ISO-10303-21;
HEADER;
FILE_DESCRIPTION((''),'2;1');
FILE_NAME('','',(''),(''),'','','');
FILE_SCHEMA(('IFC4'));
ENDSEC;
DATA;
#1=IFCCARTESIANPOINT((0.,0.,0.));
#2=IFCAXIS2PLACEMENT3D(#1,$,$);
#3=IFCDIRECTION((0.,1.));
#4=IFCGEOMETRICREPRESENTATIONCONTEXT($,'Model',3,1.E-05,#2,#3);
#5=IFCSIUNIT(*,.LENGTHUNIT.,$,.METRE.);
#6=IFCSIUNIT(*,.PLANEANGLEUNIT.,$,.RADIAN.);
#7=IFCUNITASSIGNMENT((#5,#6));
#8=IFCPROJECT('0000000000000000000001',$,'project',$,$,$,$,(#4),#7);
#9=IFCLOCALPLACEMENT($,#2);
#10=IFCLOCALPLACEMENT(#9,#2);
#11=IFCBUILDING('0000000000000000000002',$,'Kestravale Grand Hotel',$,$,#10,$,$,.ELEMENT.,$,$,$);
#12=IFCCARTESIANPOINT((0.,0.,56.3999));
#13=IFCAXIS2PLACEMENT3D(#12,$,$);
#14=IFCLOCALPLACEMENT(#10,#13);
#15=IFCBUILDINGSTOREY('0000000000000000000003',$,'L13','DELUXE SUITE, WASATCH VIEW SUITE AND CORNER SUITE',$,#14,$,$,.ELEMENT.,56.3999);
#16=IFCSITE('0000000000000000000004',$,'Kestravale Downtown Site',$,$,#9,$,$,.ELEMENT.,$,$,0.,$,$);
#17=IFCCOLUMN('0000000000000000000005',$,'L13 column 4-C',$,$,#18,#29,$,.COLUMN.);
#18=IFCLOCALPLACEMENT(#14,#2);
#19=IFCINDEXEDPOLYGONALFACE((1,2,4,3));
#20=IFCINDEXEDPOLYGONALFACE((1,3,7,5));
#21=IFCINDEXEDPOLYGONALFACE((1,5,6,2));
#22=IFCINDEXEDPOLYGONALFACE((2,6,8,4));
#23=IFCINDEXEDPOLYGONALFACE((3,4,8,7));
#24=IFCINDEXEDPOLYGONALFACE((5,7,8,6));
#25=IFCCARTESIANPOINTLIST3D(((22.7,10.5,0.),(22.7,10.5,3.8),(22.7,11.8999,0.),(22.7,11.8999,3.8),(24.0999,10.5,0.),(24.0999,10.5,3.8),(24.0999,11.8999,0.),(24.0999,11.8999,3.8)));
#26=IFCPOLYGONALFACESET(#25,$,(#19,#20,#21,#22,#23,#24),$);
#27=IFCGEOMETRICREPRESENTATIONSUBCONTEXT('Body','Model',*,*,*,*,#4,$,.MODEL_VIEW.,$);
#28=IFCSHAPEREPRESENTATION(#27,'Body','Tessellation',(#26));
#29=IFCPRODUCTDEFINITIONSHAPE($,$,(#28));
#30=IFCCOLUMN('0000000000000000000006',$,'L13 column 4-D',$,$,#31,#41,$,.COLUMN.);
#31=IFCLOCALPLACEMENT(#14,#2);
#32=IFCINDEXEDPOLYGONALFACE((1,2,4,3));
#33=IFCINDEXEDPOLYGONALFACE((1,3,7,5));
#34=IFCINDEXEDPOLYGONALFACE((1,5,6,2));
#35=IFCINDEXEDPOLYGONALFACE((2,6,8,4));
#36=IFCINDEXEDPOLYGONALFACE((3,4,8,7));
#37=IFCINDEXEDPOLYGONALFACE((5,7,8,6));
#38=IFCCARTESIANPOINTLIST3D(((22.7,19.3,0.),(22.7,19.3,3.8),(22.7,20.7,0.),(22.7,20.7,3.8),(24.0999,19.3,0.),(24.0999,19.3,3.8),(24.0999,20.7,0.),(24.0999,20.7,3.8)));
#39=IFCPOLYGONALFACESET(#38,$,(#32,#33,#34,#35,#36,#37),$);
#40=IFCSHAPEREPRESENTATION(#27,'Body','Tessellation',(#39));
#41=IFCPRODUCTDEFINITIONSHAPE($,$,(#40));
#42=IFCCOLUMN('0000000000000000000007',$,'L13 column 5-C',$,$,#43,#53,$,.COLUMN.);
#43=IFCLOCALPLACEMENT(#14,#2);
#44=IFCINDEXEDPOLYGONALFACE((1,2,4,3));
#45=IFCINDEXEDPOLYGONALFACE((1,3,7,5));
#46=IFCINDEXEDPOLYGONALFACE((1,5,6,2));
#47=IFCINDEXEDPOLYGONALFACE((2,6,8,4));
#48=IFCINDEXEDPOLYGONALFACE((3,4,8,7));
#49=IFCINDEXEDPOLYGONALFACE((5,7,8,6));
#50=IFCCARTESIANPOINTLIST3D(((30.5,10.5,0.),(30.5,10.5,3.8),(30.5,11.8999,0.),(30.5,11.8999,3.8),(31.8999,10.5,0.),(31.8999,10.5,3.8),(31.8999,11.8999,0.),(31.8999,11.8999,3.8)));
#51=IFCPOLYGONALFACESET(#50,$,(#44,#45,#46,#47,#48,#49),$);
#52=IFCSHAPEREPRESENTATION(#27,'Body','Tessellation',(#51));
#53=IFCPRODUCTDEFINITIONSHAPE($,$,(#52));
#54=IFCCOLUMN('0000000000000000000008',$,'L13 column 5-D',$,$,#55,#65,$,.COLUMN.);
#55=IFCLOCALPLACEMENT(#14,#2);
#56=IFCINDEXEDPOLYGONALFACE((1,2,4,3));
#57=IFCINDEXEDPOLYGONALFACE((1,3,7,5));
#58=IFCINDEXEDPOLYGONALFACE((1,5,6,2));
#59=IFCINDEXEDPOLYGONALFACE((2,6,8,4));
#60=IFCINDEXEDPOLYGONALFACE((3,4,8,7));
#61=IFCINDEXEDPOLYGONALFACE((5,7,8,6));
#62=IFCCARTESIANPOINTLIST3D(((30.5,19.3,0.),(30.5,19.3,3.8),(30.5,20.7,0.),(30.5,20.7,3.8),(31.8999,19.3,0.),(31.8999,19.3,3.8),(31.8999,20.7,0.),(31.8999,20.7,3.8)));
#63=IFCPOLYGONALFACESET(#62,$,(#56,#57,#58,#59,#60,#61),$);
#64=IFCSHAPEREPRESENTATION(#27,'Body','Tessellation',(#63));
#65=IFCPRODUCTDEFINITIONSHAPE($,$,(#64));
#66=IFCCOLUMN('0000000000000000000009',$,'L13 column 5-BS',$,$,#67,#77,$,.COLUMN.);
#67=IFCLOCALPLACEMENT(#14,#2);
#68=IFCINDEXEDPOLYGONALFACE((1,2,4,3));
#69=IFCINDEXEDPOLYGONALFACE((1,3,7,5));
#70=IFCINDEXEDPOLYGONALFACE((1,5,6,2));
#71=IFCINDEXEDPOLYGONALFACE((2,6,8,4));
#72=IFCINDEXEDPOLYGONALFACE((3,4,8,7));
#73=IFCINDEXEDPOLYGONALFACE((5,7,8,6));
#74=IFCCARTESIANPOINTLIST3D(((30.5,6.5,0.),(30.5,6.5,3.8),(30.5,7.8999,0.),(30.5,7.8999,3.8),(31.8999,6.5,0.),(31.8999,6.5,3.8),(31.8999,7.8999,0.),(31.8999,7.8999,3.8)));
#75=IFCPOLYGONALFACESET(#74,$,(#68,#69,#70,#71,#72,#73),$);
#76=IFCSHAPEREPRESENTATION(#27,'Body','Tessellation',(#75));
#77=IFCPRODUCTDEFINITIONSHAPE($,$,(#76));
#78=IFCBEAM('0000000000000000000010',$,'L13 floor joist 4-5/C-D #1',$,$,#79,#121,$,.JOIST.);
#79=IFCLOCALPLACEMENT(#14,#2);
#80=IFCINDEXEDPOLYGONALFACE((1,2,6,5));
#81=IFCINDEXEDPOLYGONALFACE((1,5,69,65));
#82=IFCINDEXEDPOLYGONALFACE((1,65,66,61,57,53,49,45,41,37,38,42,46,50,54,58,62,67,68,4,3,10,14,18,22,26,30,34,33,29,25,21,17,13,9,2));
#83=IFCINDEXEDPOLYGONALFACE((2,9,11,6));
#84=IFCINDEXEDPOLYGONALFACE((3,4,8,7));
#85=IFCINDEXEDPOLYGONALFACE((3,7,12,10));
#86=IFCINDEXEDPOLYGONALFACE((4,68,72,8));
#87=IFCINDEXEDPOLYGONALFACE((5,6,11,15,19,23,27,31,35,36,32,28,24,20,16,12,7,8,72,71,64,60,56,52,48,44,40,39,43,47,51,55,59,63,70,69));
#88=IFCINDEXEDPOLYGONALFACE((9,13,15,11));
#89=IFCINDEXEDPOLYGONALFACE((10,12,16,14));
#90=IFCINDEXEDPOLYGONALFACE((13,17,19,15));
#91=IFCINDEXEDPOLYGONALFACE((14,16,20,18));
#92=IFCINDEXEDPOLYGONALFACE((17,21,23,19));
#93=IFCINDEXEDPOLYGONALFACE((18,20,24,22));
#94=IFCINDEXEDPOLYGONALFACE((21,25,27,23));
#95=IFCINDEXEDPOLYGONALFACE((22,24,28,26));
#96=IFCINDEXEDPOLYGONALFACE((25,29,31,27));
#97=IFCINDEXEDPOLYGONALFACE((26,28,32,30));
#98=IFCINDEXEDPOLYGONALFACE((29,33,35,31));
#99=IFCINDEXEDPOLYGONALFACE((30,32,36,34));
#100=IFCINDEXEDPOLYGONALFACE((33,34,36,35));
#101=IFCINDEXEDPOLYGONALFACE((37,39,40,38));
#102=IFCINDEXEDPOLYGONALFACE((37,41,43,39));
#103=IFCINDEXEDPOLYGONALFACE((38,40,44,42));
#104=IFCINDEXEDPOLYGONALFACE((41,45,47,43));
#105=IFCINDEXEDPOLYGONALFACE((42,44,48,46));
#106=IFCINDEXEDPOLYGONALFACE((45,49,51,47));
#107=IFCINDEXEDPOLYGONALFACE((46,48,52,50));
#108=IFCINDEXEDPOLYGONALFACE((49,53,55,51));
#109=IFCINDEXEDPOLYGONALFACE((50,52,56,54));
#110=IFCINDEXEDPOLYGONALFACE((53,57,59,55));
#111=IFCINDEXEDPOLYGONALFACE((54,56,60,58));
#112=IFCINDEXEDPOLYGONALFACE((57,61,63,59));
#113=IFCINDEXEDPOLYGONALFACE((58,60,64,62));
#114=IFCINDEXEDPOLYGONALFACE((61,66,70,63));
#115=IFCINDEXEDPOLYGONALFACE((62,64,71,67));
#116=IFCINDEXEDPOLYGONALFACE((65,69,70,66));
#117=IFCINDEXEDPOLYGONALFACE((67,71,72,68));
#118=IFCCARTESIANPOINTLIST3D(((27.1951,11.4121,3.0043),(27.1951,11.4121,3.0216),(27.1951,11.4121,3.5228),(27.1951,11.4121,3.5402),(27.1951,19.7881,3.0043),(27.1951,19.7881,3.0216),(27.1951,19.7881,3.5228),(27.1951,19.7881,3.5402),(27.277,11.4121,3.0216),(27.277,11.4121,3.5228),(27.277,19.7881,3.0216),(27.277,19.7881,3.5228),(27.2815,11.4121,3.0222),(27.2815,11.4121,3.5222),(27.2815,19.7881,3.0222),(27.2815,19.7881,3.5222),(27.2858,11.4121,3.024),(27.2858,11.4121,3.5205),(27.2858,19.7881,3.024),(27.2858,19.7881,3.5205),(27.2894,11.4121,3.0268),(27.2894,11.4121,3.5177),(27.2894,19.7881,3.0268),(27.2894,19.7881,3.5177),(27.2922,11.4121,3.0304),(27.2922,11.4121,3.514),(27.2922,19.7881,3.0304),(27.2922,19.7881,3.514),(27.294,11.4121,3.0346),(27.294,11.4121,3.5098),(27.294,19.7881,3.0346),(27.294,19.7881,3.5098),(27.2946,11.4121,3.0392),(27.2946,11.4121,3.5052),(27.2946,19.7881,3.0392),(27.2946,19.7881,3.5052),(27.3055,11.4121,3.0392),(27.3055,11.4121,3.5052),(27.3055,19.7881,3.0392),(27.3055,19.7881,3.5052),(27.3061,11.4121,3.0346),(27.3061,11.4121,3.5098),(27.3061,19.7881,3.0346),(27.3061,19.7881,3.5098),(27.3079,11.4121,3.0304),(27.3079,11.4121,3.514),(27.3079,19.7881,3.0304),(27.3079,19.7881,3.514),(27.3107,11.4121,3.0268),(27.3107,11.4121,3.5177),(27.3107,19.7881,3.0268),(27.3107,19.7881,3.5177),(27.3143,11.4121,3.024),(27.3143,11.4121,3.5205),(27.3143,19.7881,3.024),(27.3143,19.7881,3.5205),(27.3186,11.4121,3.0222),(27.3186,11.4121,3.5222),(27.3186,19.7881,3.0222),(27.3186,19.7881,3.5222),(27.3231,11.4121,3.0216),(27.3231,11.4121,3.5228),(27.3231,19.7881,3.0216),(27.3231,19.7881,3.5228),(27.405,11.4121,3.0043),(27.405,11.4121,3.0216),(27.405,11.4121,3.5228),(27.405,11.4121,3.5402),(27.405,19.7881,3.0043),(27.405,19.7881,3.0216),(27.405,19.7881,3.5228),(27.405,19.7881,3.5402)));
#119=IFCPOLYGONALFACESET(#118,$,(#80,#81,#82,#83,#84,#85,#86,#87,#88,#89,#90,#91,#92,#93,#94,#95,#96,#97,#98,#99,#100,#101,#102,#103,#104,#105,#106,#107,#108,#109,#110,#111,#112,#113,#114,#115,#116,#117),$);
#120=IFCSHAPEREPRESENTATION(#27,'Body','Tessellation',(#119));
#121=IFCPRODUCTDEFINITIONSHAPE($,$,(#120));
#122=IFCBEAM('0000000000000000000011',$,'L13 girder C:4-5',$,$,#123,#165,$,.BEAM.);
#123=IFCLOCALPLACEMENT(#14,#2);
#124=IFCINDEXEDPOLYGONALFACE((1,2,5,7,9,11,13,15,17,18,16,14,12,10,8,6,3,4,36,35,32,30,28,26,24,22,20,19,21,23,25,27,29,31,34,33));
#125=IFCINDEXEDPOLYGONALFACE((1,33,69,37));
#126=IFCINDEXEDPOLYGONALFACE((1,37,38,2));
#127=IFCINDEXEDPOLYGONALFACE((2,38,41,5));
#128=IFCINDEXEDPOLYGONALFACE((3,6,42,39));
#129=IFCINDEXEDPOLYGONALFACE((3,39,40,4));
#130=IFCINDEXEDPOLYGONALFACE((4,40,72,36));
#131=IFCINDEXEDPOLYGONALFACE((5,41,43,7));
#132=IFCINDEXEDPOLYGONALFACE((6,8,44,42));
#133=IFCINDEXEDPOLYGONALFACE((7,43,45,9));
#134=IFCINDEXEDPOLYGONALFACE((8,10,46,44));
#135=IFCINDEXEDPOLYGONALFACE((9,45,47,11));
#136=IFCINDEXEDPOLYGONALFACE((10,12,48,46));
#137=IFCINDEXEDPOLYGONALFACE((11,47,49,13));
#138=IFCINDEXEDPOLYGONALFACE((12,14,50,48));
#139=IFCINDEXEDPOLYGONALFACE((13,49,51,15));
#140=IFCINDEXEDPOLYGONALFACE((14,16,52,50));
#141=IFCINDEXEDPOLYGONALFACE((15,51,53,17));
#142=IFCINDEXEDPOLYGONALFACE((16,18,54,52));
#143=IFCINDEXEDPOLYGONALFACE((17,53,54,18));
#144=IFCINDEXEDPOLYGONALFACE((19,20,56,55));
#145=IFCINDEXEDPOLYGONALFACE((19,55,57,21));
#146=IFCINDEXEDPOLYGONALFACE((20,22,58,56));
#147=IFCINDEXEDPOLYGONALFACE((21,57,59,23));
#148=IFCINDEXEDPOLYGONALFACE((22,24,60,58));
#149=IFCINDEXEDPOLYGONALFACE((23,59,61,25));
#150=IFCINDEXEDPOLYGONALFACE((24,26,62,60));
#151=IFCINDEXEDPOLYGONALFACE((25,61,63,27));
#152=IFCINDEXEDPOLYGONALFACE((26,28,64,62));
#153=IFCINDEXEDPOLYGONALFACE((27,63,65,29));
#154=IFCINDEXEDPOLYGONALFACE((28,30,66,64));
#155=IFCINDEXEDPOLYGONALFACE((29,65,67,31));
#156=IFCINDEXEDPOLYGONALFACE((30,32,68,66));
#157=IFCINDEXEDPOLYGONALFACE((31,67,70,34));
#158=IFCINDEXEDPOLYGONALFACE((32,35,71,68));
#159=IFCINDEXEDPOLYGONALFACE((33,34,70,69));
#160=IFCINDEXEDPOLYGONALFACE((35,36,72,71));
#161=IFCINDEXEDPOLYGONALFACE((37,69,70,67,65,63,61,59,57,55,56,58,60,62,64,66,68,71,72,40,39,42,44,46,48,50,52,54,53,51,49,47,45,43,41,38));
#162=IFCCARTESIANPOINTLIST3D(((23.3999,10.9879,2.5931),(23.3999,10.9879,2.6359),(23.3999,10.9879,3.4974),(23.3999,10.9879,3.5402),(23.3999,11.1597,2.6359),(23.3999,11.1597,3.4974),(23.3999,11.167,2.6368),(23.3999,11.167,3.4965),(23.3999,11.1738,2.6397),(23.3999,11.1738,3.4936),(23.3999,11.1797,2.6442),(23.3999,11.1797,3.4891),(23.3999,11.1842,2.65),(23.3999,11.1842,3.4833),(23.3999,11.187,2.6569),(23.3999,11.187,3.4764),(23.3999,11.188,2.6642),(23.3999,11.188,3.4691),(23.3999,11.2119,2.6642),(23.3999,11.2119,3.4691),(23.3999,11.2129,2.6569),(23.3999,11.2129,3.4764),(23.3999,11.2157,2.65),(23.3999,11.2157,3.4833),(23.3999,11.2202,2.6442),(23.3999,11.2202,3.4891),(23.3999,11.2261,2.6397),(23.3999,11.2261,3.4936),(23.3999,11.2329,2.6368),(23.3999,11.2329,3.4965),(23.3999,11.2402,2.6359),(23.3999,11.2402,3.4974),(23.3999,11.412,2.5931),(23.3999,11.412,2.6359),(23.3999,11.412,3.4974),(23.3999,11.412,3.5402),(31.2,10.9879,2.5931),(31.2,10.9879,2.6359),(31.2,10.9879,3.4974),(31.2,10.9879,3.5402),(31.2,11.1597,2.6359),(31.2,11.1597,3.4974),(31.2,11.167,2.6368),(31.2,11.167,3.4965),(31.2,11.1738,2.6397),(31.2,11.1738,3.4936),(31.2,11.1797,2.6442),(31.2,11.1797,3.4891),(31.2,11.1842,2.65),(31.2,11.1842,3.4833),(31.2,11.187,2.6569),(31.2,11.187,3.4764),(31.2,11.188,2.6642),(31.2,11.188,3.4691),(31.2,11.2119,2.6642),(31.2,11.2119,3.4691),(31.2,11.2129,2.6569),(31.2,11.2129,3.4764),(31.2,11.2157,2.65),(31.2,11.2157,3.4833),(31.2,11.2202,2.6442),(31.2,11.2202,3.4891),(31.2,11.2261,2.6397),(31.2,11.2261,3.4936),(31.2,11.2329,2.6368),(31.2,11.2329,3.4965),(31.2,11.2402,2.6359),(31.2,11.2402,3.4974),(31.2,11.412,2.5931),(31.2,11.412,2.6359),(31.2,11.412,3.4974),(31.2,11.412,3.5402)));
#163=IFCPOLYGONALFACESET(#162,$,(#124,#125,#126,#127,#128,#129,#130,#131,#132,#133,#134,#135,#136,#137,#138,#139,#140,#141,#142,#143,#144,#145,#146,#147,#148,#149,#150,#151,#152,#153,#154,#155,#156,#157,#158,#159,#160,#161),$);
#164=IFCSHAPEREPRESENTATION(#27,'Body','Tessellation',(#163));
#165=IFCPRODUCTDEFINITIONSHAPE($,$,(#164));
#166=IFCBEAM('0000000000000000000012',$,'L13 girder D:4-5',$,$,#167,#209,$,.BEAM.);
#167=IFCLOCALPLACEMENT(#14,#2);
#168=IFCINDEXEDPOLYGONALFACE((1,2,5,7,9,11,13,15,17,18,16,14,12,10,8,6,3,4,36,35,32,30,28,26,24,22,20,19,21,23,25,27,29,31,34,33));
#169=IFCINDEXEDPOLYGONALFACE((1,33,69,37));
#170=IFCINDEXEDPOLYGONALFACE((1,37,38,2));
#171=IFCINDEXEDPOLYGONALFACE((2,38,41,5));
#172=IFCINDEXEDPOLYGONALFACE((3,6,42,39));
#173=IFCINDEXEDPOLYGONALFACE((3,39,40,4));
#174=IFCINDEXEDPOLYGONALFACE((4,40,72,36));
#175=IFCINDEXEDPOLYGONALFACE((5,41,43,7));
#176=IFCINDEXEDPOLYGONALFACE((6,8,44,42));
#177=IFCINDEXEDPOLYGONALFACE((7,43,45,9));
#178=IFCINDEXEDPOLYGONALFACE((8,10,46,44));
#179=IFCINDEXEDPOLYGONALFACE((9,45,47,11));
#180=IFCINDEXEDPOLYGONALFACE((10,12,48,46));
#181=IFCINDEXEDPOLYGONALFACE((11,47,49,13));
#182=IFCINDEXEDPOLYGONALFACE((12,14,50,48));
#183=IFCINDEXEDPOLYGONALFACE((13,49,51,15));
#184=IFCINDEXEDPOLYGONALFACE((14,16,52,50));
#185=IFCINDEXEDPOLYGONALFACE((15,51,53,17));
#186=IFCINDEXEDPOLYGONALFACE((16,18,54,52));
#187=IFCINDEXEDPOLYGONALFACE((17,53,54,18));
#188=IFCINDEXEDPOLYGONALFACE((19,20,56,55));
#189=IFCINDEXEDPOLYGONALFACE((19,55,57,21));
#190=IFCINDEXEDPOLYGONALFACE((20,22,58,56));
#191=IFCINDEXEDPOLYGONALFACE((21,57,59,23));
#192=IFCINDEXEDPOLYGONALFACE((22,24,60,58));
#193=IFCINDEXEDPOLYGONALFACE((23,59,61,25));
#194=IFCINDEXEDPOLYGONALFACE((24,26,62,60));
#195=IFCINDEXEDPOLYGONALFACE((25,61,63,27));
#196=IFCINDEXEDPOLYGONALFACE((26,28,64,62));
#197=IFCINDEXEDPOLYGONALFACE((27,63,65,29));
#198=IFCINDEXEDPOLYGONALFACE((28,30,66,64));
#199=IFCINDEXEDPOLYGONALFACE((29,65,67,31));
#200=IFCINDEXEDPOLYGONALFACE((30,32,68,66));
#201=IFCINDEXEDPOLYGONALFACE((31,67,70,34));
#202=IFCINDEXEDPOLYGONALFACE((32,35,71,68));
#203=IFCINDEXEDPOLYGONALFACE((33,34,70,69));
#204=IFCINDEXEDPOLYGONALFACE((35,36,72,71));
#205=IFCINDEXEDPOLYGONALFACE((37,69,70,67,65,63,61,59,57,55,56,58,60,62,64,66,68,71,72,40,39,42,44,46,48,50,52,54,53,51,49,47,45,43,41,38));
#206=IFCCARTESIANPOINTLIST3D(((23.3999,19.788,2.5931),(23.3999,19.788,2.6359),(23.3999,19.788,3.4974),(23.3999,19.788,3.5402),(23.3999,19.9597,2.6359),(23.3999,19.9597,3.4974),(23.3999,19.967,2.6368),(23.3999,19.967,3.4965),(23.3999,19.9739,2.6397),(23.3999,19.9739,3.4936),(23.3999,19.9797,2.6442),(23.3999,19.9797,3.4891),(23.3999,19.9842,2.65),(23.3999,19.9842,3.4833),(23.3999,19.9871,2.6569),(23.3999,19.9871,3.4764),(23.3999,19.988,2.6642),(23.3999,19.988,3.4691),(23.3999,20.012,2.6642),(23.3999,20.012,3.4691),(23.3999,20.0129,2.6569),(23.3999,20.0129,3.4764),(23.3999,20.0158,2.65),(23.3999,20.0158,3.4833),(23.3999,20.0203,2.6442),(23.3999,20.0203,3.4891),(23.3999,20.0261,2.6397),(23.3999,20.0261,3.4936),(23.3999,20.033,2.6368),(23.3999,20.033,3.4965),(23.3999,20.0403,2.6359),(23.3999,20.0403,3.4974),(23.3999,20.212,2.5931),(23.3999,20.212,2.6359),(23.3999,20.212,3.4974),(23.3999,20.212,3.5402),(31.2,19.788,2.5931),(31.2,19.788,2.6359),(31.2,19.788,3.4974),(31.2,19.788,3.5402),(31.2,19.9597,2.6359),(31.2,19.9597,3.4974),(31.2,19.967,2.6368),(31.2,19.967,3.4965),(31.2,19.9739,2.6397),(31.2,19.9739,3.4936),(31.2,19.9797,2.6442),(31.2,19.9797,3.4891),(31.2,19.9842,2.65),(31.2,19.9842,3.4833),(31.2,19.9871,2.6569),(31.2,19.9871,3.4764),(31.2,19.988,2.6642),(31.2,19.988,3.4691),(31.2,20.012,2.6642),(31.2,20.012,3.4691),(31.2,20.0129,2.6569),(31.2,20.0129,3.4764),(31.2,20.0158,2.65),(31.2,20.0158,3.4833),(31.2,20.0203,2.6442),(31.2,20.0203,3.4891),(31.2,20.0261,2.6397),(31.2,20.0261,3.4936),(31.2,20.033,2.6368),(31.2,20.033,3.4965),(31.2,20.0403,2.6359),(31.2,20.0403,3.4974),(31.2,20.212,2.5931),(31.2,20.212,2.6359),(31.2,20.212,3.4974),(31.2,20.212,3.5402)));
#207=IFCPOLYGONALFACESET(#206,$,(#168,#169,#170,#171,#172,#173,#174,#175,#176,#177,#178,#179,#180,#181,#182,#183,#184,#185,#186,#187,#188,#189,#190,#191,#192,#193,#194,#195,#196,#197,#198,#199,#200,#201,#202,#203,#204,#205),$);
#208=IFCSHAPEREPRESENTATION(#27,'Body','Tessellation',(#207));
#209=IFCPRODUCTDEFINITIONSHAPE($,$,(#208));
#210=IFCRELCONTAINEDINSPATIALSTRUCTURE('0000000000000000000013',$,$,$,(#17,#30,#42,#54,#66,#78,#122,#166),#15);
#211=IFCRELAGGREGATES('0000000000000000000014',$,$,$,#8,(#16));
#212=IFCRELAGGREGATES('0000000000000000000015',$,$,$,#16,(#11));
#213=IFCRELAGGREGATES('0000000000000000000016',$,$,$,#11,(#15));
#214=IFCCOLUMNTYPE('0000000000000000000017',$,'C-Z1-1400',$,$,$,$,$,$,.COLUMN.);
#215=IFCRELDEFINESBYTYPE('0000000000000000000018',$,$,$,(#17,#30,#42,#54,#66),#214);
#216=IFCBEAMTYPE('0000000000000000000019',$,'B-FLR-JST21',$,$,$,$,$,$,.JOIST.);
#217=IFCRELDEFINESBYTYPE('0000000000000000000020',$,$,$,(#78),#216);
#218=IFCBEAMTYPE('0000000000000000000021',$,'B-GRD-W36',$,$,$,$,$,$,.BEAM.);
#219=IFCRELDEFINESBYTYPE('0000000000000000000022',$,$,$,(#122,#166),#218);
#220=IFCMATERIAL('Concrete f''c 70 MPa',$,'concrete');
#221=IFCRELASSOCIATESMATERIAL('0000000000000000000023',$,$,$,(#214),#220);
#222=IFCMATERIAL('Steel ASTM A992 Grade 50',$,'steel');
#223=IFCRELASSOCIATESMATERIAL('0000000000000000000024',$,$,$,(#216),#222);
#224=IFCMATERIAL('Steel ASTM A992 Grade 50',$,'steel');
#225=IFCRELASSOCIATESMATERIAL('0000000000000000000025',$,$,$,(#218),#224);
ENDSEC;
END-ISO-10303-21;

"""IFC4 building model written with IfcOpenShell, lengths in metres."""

from ifc_helpers import new_model, si_unit, direction, frame, origin, origin_2d, place, context, subcontext, project, spatial, rectangle, i_section, extrude, material, material_profile, profile_set, type_object, element, save


model = new_model("IFC4")

# Units and contexts
model_context = context("Model", 3, precision=1e-05, world=origin(), true_north=direction((0.0, 1.0)))
body_context = subcontext(model_context, "Body", "Model", "MODEL_VIEW")
ifc_project = project(units=[si_unit("LENGTHUNIT", "METRE"), si_unit("PLANEANGLEUNIT", "RADIAN")], contexts=[model_context])

# Site, building, storey
site_placement = place(None, origin())
site = spatial("IfcSite", under=ifc_project, at=site_placement, Name="Kestravale Downtown Site", CompositionType="ELEMENT", RefElevation=0.0)
building_placement = place(site_placement, origin())
building = spatial("IfcBuilding", under=site, at=building_placement, Name="Kestravale Grand Hotel", CompositionType="ELEMENT")
storey_placement = place(building_placement, frame((0.0, 0.0, 56.3999)))
storey = spatial("IfcBuildingStorey", under=building, at=storey_placement, Name="L13", Description="DELUXE SUITE, WASATCH VIEW SUITE AND CORNER SUITE", CompositionType="ELEMENT", Elevation=56.3999)

# Columns
ifc_material_1 = material(Name="Concrete f'c 70 MPa", Category="concrete")
ifc_material_profile_1 = material_profile(ifc_material_1, rectangle(XDim=1.3999, YDim=1.3999, at=origin_2d()))
ifc_profile_set_1 = profile_set([ifc_material_profile_1], Name="Concrete f'c 70 MPa")
column_type = type_object("IfcColumnType", Name="C-Z1-1400", PredefinedType="COLUMN", material=ifc_profile_set_1)
for number, where, z_axis, x_axis, name in (
    (1, (23.3999, 11.2, 0.0), (0.0, 0.0, 1.0), (1.0, 0.0, 0.0), "L13 column 4-C"),
    (2, (23.3999, 20.0, 0.0), (0.0, 0.0, 1.0), (1.0, 0.0, 0.0), "L13 column 4-D"),
    (3, (31.2, 11.2, 0.0), (0.0, 0.0, 1.0), (1.0, 0.0, 0.0), "L13 column 5-C"),
    (4, (31.2, 20.0, 0.0), (0.0, 0.0, 1.0), (1.0, 0.0, 0.0), "L13 column 5-D"),
    (5, (31.2, 7.2, 0.0), (0.0, 0.0, 1.0), (1.0, 0.0, 0.0), "L13 column 5-BS"),
):
    element("IfcColumn", number, at=place(storey_placement, frame(where, z_axis=z_axis, x_axis=x_axis)), inside=storey, type_object=column_type, Name=name, PredefinedType="COLUMN", context=body_context, shape_type="SweptSolid", body=[
        extrude(rectangle(XDim=1.3999, YDim=1.3999, at=origin_2d()), origin(), (0.0, 0.0, 1.0), 3.8),
    ])

# Beams
ifc_material_2 = material(Name="Steel ASTM A992 Grade 50", Category="steel")
ifc_material_profile_2 = material_profile(ifc_material_2, i_section(OverallWidth=0.21, OverallDepth=0.5359, WebThickness=0.011, FlangeThickness=0.0173, FilletRadius=0.0176, at=origin_2d()))
ifc_profile_set_2 = profile_set([ifc_material_profile_2], Name="Steel ASTM A992 Grade 50")
beam_type_1 = type_object("IfcBeamType", Name="B-FLR-JST21", PredefinedType="JOIST", material=ifc_profile_set_2)
beam_1_placement = place(storey_placement, frame((27.3, 11.4121, 3.2722), z_axis=(0.0, 1.0, 0.0), x_axis=(-1.0, 0.0, 0.0)))
element("IfcBeam", 6, at=beam_1_placement, inside=storey, type_object=beam_type_1, Name="L13 floor joist 4-5/C-D #1", PredefinedType="JOIST", context=body_context, shape_type="SweptSolid", body=[
    extrude(i_section(OverallWidth=0.21, OverallDepth=0.5359, WebThickness=0.011, FlangeThickness=0.0173, FilletRadius=0.0176, at=origin_2d()), origin(), (0.0, 0.0, 1.0), 8.376),
])
ifc_material_3 = material(Name="Steel ASTM A992 Grade 50", Category="steel")
ifc_material_profile_3 = material_profile(ifc_material_3, i_section(OverallWidth=0.4241, OverallDepth=0.947, WebThickness=0.0239, FlangeThickness=0.0427, FilletRadius=0.0283, at=origin_2d()))
ifc_profile_set_3 = profile_set([ifc_material_profile_3], Name="Steel ASTM A992 Grade 50")
beam_type_2 = type_object("IfcBeamType", Name="B-GRD-W36", PredefinedType="BEAM", material=ifc_profile_set_3)
for number, where, z_axis, x_axis, name in (
    (7, (23.3999, 11.2, 3.0667), (1.0, 0.0, 0.0), (0.0, 1.0, 0.0), "L13 girder C:4-5"),
    (8, (23.3999, 20.0, 3.0667), (1.0, 0.0, 0.0), (0.0, 1.0, 0.0), "L13 girder D:4-5"),
):
    element("IfcBeam", number, at=place(storey_placement, frame(where, z_axis=z_axis, x_axis=x_axis)), inside=storey, type_object=beam_type_2, Name=name, PredefinedType="BEAM", context=body_context, shape_type="SweptSolid", body=[
        extrude(i_section(OverallWidth=0.4241, OverallDepth=0.947, WebThickness=0.0239, FlangeThickness=0.0427, FilletRadius=0.0283, at=origin_2d()), origin(), (0.0, 0.0, 1.0), 7.8),
    ])

save(model, "model.ifc")
